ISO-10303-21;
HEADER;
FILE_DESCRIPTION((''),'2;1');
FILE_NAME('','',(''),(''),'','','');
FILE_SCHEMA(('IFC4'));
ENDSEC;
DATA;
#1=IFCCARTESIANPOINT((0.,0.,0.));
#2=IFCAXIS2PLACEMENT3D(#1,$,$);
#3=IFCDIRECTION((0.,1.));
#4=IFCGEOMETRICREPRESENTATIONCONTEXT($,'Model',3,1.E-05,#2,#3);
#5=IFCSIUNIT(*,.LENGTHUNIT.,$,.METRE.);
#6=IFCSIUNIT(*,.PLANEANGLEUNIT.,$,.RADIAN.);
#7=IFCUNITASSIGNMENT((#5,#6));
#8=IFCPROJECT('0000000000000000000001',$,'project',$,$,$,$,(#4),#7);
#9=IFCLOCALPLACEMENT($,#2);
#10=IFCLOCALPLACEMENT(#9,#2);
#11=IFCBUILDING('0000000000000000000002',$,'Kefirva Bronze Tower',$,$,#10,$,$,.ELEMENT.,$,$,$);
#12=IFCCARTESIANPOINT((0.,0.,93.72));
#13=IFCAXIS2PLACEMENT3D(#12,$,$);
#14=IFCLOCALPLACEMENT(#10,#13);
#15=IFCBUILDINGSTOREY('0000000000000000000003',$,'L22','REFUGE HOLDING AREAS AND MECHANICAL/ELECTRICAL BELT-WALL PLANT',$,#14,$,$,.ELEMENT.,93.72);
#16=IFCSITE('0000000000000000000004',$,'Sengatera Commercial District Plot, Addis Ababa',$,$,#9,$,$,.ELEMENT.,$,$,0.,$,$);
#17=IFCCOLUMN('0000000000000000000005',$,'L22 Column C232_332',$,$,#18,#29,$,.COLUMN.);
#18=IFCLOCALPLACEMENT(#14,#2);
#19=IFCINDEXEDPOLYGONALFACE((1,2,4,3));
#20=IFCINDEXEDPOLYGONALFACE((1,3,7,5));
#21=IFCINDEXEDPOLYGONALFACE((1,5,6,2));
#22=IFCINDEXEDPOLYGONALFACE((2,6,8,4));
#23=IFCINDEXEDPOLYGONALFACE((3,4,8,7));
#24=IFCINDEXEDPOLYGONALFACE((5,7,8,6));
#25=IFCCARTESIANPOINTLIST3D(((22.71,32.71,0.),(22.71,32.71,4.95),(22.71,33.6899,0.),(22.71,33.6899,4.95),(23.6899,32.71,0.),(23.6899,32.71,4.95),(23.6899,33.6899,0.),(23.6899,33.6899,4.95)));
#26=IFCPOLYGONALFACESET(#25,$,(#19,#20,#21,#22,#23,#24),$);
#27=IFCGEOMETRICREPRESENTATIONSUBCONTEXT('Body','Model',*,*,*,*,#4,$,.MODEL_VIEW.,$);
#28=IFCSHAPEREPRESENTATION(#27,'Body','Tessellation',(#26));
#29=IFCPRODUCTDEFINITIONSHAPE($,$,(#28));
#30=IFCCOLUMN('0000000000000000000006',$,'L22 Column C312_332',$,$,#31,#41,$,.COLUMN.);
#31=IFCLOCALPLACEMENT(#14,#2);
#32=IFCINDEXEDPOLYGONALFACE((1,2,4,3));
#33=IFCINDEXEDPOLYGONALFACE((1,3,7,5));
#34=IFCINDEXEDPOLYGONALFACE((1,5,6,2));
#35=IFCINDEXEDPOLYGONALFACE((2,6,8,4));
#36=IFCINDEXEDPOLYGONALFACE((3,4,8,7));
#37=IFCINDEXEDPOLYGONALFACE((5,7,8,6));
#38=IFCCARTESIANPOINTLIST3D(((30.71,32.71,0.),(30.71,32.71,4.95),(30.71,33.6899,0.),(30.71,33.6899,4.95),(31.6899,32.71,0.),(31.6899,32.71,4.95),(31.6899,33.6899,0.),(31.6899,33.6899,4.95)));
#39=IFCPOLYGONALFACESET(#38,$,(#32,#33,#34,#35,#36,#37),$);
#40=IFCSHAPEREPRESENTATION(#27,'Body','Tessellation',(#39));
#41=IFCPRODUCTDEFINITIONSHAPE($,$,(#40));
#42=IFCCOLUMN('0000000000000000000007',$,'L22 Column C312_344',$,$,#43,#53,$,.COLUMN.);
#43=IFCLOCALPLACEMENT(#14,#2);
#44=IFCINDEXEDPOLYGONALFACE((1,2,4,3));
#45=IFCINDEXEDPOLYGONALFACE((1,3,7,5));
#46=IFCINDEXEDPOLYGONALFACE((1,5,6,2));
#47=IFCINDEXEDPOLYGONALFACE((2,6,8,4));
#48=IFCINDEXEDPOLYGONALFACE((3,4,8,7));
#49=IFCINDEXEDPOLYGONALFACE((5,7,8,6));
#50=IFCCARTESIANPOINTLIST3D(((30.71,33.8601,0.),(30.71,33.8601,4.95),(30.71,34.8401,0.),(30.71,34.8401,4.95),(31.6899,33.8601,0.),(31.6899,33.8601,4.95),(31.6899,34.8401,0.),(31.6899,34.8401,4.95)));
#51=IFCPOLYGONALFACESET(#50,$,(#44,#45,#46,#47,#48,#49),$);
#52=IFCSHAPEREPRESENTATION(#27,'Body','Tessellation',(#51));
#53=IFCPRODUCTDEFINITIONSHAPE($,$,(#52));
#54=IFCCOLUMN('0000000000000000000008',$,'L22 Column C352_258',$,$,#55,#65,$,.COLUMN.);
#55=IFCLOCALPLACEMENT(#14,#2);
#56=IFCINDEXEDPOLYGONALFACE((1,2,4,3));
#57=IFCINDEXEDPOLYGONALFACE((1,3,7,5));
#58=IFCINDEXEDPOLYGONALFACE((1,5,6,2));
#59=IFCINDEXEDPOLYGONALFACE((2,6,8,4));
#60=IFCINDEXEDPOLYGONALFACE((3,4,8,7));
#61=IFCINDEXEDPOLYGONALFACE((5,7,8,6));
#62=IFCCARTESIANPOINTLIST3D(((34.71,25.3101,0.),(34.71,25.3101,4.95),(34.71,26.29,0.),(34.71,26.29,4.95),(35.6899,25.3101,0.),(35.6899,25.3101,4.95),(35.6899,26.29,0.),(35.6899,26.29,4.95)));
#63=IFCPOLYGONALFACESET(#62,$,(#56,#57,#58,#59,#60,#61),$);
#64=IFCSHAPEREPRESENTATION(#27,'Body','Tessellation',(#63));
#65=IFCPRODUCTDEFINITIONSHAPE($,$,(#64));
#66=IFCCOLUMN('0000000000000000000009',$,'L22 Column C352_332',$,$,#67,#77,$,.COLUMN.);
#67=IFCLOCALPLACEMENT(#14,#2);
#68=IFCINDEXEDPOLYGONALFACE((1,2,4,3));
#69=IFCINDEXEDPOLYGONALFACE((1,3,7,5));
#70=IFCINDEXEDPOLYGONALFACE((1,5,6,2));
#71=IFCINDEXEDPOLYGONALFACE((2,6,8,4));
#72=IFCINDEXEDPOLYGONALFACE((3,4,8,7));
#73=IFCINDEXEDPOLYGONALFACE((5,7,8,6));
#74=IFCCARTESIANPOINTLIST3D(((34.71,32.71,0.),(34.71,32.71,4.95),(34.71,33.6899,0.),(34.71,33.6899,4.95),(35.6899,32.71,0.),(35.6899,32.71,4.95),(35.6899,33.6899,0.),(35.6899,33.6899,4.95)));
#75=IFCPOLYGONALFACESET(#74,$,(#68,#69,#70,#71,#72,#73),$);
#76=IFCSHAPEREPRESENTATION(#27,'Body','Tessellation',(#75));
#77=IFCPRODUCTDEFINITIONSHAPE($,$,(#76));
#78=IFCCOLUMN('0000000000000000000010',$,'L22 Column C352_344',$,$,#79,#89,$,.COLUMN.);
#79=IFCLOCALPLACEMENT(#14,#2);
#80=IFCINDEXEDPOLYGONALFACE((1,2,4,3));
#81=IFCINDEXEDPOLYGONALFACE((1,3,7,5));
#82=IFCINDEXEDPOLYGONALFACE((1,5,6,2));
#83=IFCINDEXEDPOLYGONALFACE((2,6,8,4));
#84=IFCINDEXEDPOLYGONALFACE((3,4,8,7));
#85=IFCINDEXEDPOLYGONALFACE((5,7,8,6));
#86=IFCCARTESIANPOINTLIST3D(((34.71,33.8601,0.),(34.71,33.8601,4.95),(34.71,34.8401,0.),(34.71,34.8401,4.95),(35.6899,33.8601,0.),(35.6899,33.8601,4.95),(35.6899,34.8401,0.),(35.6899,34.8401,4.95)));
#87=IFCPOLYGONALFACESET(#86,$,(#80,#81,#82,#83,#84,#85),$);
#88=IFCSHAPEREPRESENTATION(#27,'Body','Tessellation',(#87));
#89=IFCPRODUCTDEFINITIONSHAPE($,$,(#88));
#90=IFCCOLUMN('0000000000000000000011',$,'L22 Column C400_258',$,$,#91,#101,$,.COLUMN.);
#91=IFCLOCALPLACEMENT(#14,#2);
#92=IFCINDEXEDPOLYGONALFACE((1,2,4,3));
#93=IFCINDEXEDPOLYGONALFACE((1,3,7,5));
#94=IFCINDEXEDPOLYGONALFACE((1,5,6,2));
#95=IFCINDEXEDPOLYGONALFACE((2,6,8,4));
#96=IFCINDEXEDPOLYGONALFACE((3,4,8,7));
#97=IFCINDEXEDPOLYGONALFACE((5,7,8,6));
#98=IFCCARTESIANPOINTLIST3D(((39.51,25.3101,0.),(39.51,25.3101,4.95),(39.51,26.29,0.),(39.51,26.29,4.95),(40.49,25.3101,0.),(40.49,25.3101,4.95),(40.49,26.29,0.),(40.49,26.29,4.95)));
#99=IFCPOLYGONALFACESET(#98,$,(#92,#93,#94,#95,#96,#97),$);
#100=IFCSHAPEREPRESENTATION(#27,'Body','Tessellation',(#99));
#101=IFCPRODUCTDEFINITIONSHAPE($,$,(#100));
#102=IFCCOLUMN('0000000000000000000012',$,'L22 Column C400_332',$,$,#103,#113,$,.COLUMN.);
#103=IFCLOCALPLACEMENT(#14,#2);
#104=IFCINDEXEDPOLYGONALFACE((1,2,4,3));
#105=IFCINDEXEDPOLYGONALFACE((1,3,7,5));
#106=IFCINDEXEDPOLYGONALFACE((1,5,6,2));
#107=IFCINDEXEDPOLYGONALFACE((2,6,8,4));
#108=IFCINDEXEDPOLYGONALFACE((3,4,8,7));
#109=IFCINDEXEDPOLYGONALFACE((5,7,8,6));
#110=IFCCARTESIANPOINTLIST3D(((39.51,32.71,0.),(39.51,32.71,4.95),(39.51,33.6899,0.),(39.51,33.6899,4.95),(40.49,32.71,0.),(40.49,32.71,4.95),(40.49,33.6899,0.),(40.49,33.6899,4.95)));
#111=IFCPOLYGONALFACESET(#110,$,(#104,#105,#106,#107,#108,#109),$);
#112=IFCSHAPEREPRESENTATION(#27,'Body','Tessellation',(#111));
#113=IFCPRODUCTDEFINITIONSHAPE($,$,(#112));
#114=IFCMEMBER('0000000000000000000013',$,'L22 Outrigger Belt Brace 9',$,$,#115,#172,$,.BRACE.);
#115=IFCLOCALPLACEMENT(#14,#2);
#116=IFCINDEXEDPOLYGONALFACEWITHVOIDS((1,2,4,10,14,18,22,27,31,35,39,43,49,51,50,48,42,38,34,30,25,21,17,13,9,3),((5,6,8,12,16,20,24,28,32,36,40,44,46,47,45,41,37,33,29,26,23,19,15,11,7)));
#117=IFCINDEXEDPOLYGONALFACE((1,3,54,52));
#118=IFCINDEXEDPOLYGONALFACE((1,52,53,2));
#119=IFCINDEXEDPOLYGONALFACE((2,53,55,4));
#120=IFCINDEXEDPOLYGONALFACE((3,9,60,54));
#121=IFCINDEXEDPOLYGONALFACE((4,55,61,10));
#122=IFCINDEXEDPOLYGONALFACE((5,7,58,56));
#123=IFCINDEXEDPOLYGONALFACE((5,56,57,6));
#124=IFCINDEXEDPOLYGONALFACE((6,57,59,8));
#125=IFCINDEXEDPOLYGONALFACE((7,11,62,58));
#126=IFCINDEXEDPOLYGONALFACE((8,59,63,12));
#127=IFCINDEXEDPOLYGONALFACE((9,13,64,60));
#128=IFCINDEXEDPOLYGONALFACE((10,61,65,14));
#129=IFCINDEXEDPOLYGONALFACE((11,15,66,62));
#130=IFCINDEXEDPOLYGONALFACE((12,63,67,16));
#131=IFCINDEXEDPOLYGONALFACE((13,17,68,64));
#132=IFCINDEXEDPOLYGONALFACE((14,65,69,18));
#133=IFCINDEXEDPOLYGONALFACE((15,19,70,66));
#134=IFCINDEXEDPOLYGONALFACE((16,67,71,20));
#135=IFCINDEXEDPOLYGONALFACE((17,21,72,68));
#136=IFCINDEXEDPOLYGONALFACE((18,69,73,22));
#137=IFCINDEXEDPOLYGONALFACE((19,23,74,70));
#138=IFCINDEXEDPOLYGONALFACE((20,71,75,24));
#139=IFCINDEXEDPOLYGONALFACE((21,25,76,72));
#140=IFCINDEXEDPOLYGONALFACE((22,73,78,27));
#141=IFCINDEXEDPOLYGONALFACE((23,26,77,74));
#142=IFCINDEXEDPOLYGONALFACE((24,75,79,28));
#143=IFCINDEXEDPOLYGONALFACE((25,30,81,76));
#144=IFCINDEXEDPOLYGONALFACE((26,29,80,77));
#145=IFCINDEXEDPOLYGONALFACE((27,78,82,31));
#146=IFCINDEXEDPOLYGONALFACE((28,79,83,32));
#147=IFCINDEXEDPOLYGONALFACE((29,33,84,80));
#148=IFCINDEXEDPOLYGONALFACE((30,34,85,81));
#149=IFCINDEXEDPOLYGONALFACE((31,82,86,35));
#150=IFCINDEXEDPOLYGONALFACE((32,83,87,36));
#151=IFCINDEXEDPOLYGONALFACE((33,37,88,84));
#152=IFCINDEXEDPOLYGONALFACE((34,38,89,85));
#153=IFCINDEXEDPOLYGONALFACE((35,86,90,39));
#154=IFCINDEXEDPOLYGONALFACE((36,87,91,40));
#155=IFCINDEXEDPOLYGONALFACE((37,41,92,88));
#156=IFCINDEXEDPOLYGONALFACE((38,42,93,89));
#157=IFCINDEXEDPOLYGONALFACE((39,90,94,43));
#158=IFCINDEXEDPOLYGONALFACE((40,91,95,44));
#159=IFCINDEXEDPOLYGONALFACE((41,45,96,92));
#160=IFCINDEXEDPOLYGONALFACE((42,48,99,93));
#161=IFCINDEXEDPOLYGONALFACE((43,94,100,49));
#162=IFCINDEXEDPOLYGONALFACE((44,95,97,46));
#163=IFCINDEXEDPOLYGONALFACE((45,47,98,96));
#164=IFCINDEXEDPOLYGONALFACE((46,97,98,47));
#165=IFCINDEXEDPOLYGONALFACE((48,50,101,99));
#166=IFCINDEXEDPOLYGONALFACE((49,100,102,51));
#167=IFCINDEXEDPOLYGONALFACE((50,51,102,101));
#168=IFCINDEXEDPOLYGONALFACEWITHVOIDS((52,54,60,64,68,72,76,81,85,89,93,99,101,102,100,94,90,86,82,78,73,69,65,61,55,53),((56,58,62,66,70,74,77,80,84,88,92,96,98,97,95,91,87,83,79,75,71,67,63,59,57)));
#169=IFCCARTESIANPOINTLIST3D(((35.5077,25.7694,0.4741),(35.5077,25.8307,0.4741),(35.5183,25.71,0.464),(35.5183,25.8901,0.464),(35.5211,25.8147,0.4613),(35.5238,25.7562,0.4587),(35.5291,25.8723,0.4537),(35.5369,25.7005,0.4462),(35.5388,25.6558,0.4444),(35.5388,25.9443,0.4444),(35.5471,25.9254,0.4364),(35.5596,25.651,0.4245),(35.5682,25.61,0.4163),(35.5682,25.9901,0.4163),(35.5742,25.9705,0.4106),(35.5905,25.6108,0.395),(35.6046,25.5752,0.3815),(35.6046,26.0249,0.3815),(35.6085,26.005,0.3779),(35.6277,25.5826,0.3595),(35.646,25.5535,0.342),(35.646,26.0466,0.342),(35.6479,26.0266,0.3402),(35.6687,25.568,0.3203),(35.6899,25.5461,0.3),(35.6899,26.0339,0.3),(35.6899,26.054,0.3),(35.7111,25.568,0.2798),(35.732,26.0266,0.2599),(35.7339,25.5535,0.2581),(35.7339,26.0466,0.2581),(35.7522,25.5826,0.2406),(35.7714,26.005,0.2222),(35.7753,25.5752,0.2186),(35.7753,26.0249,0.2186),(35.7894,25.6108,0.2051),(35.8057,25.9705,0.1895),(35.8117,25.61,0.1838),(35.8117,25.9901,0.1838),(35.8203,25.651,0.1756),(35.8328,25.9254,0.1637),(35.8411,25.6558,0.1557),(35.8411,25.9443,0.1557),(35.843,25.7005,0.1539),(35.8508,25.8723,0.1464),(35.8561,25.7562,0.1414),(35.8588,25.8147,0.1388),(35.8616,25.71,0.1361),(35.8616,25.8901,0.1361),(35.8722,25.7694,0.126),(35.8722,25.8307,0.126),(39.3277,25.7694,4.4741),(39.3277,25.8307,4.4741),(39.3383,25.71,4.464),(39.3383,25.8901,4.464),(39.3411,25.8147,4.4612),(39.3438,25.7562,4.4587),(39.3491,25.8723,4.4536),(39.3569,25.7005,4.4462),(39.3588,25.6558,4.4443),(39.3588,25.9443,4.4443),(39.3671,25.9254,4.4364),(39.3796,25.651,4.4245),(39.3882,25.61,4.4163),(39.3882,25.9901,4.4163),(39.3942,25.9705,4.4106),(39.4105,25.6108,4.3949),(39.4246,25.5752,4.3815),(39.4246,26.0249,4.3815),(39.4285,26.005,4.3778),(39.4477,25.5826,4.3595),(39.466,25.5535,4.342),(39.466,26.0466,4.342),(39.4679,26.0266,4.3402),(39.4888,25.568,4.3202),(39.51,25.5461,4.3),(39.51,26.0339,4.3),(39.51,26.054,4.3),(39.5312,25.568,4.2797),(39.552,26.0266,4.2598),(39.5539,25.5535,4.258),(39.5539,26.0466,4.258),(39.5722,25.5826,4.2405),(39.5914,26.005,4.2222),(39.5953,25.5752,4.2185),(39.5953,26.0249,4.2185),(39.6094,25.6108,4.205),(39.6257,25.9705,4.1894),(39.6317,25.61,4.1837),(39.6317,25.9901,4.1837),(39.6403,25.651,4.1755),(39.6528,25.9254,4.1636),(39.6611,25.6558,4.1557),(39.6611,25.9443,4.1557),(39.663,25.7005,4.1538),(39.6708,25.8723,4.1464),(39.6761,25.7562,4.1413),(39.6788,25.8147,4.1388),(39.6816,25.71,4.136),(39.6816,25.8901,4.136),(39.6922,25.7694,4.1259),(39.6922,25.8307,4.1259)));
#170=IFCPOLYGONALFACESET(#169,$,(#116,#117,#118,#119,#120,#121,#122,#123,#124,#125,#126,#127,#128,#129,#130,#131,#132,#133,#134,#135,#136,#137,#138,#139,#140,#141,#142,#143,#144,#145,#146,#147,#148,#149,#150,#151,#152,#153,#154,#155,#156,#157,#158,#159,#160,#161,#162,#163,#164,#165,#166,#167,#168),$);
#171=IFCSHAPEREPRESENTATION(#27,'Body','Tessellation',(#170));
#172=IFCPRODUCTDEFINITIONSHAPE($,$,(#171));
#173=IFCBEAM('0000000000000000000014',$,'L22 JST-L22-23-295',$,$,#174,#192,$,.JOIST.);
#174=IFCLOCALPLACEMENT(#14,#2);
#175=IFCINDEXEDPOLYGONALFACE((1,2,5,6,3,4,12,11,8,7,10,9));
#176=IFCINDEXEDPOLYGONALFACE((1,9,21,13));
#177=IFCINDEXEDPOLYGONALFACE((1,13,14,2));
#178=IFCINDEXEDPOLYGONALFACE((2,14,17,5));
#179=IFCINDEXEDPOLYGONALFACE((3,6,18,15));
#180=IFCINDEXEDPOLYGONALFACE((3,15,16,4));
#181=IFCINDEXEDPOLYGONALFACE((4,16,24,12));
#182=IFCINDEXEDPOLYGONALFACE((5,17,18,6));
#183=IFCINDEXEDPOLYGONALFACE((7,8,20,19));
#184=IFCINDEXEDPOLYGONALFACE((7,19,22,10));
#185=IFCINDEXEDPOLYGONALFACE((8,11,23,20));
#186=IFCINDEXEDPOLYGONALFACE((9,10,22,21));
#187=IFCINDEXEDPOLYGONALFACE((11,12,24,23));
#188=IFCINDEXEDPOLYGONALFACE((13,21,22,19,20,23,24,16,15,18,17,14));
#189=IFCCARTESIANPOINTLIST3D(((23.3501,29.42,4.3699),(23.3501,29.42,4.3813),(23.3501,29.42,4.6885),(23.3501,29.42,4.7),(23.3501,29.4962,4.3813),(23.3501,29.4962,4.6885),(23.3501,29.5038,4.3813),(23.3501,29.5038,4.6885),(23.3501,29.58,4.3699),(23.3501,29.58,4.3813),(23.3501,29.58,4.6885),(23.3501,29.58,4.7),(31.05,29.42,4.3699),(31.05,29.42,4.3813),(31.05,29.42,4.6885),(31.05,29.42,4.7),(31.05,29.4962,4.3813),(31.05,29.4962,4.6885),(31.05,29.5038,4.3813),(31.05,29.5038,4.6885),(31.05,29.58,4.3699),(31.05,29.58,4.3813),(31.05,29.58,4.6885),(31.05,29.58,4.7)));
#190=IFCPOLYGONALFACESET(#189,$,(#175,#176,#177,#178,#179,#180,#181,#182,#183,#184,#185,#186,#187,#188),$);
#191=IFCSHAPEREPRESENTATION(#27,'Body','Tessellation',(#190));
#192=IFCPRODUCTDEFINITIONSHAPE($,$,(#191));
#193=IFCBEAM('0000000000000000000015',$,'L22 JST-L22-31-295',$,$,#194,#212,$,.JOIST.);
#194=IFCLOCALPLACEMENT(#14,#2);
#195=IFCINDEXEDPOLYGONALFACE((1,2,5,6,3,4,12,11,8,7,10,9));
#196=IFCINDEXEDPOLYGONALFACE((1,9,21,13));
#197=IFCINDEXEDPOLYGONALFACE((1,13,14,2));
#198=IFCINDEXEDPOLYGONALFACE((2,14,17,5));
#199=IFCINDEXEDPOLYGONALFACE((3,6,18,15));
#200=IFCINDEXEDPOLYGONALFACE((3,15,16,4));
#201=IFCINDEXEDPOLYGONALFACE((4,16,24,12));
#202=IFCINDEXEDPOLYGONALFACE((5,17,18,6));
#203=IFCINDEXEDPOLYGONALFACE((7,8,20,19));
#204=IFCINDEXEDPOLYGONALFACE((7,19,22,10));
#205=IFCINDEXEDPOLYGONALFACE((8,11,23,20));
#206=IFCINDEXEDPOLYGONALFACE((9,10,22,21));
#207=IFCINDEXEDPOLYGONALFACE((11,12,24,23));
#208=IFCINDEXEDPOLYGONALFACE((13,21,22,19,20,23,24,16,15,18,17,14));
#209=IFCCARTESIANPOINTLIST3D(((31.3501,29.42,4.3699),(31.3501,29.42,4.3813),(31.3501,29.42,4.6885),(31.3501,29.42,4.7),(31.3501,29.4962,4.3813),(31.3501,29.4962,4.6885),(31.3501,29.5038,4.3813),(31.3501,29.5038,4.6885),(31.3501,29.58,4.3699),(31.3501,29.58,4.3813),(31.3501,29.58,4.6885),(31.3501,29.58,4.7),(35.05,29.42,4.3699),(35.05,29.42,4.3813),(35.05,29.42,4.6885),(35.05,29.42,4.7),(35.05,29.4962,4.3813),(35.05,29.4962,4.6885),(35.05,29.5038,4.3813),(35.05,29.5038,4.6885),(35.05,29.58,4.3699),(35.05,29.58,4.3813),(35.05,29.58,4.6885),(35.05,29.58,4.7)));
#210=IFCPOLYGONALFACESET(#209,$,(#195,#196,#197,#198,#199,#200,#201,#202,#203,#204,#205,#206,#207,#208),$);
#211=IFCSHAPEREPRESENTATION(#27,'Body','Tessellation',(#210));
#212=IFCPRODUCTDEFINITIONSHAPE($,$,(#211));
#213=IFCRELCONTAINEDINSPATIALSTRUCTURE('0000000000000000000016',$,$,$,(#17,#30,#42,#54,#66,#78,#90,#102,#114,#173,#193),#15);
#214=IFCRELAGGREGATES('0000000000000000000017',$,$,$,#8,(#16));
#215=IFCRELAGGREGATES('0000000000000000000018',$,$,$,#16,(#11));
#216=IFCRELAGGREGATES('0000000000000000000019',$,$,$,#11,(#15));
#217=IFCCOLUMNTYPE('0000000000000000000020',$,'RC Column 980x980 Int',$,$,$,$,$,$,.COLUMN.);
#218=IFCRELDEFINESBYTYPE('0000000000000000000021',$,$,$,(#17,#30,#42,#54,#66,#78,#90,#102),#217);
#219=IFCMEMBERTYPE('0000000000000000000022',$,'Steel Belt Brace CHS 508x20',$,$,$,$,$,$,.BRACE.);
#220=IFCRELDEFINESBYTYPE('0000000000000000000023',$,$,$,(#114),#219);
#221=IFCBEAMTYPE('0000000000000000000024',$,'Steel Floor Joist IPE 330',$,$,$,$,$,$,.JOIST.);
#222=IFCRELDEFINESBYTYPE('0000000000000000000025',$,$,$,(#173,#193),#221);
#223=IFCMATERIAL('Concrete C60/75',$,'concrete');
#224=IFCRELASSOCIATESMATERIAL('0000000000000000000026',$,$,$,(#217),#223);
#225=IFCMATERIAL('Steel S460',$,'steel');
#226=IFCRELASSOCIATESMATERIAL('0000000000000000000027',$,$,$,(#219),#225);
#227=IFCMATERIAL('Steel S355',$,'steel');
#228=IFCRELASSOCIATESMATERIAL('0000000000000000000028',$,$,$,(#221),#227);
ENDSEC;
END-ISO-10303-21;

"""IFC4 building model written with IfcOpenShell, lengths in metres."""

from ifc_helpers import new_model, si_unit, direction, frame, origin, origin_2d, place, context, subcontext, project, spatial, rectangle, hollow_circle, i_section, extrude, material, material_profile, profile_set, type_object, element, save


model = new_model("IFC4")

# Units and contexts
model_context = context("Model", 3, precision=1e-05, world=origin(), true_north=direction((0.0, 1.0)))
body_context = subcontext(model_context, "Body", "Model", "MODEL_VIEW")
ifc_project = project(units=[si_unit("LENGTHUNIT", "METRE"), si_unit("PLANEANGLEUNIT", "RADIAN")], contexts=[model_context])

# Site, building, storey
site_placement = place(None, origin())
site = spatial("IfcSite", under=ifc_project, at=site_placement, Name="Sengatera Commercial District Plot, Addis Ababa", CompositionType="ELEMENT", RefElevation=0.0)
building_placement = place(site_placement, origin())
building = spatial("IfcBuilding", under=site, at=building_placement, Name="Kefirva Bronze Tower", CompositionType="ELEMENT")
storey_placement = place(building_placement, frame((0.0, 0.0, 93.72)))
storey = spatial("IfcBuildingStorey", under=building, at=storey_placement, Name="L22", Description="REFUGE HOLDING AREAS AND MECHANICAL/ELECTRICAL BELT-WALL PLANT", CompositionType="ELEMENT", Elevation=93.72)

# Columns
ifc_material_1 = material(Name="Concrete C60/75", Category="concrete")
ifc_material_profile_1 = material_profile(ifc_material_1, rectangle(XDim=0.98, YDim=0.98, at=origin_2d()), Name="RC 980x980")
ifc_profile_set_1 = profile_set([ifc_material_profile_1], Name="Concrete C60/75")
column_type = type_object("IfcColumnType", Name="RC Column 980x980 Int", PredefinedType="COLUMN", material=ifc_profile_set_1)
for number, where, z_axis, x_axis, name in (
    (1, (23.2, 33.2, 0.0), (0.0, 0.0, 1.0), (1.0, 0.0, 0.0), "L22 Column C232_332"),
    (2, (31.2, 33.2, 0.0), (0.0, 0.0, 1.0), (1.0, 0.0, 0.0), "L22 Column C312_332"),
    (3, (31.2, 34.3501, 0.0), (0.0, 0.0, 1.0), (1.0, 0.0, 0.0), "L22 Column C312_344"),
    (4, (35.2, 25.8, 0.0), (0.0, 0.0, 1.0), (1.0, 0.0, 0.0), "L22 Column C352_258"),
    (5, (35.2, 33.2, 0.0), (0.0, 0.0, 1.0), (1.0, 0.0, 0.0), "L22 Column C352_332"),
    (6, (35.2, 34.3501, 0.0), (0.0, 0.0, 1.0), (1.0, 0.0, 0.0), "L22 Column C352_344"),
    (7, (40.0, 25.8, 0.0), (0.0, 0.0, 1.0), (1.0, 0.0, 0.0), "L22 Column C400_258"),
    (8, (40.0, 33.2, 0.0), (0.0, 0.0, 1.0), (1.0, 0.0, 0.0), "L22 Column C400_332"),
):
    element("IfcColumn", number, at=place(storey_placement, frame(where, z_axis=z_axis, x_axis=x_axis)), inside=storey, type_object=column_type, Name=name, PredefinedType="COLUMN", context=body_context, shape_type="SweptSolid", body=[
        extrude(rectangle(XDim=0.98, YDim=0.98, at=origin_2d()), origin(), (0.0, 0.0, 1.0), 4.95),
    ])

# Member
ifc_material_2 = material(Name="Steel S460", Category="steel")
ifc_material_profile_2 = material_profile(ifc_material_2, hollow_circle(Radius=0.2539, WallThickness=0.02, at=origin_2d()), Name="CHS 508x20")
ifc_profile_set_2 = profile_set([ifc_material_profile_2], Name="Steel S460")
member_type = type_object("IfcMemberType", Name="Steel Belt Brace CHS 508x20", PredefinedType="BRACE", material=ifc_profile_set_2)
member_placement = place(storey_placement, frame((35.6899, 25.8, 0.3), z_axis=(0.690654, 0.0, 0.723185), x_axis=(0.0, 1.0, 0.0)))
element("IfcMember", 9, at=member_placement, inside=storey, type_object=member_type, Name="L22 Outrigger Belt Brace 9", PredefinedType="BRACE", context=body_context, shape_type="SweptSolid", body=[
    extrude(hollow_circle(Radius=0.2539, WallThickness=0.02, at=origin_2d()), origin(), (0.0, 0.0, 1.0), 5.531),
])

# Beams
ifc_material_3 = material(Name="Steel S355", Category="steel")
ifc_material_profile_3 = material_profile(ifc_material_3, i_section(OverallWidth=0.1599, OverallDepth=0.3301, WebThickness=0.0076, FlangeThickness=0.0115, at=origin_2d()), Name="IPE 330")
ifc_profile_set_3 = profile_set([ifc_material_profile_3], Name="Steel S355")
beam_type_1 = type_object("IfcBeamType", Name="Steel Floor Joist IPE 330", PredefinedType="JOIST", material=ifc_profile_set_3)
beam_1_placement = place(storey_placement, frame((23.3501, 29.5, 4.5349), z_axis=(1.0, 0.0, 0.0), x_axis=(0.0, 1.0, 0.0)))
element("IfcBeam", 10, at=beam_1_placement, inside=storey, type_object=beam_type_1, Name="L22 JST-L22-23-295", PredefinedType="JOIST", context=body_context, shape_type="SweptSolid", body=[
    extrude(i_section(OverallWidth=0.1599, OverallDepth=0.3301, WebThickness=0.0076, FlangeThickness=0.0115, at=origin_2d()), origin(), (0.0, 0.0, 1.0), 7.7),
])
beam_2_placement = place(storey_placement, frame((31.3501, 29.5, 4.5349), z_axis=(1.0, 0.0, 0.0), x_axis=(0.0, 1.0, 0.0)))
element("IfcBeam", 11, at=beam_2_placement, inside=storey, type_object=beam_type_1, Name="L22 JST-L22-31-295", PredefinedType="JOIST", context=body_context, shape_type="SweptSolid", body=[
    extrude(i_section(OverallWidth=0.1599, OverallDepth=0.3301, WebThickness=0.0076, FlangeThickness=0.0115, at=origin_2d()), origin(), (0.0, 0.0, 1.0), 3.7),
])

save(model, "model.ifc")
